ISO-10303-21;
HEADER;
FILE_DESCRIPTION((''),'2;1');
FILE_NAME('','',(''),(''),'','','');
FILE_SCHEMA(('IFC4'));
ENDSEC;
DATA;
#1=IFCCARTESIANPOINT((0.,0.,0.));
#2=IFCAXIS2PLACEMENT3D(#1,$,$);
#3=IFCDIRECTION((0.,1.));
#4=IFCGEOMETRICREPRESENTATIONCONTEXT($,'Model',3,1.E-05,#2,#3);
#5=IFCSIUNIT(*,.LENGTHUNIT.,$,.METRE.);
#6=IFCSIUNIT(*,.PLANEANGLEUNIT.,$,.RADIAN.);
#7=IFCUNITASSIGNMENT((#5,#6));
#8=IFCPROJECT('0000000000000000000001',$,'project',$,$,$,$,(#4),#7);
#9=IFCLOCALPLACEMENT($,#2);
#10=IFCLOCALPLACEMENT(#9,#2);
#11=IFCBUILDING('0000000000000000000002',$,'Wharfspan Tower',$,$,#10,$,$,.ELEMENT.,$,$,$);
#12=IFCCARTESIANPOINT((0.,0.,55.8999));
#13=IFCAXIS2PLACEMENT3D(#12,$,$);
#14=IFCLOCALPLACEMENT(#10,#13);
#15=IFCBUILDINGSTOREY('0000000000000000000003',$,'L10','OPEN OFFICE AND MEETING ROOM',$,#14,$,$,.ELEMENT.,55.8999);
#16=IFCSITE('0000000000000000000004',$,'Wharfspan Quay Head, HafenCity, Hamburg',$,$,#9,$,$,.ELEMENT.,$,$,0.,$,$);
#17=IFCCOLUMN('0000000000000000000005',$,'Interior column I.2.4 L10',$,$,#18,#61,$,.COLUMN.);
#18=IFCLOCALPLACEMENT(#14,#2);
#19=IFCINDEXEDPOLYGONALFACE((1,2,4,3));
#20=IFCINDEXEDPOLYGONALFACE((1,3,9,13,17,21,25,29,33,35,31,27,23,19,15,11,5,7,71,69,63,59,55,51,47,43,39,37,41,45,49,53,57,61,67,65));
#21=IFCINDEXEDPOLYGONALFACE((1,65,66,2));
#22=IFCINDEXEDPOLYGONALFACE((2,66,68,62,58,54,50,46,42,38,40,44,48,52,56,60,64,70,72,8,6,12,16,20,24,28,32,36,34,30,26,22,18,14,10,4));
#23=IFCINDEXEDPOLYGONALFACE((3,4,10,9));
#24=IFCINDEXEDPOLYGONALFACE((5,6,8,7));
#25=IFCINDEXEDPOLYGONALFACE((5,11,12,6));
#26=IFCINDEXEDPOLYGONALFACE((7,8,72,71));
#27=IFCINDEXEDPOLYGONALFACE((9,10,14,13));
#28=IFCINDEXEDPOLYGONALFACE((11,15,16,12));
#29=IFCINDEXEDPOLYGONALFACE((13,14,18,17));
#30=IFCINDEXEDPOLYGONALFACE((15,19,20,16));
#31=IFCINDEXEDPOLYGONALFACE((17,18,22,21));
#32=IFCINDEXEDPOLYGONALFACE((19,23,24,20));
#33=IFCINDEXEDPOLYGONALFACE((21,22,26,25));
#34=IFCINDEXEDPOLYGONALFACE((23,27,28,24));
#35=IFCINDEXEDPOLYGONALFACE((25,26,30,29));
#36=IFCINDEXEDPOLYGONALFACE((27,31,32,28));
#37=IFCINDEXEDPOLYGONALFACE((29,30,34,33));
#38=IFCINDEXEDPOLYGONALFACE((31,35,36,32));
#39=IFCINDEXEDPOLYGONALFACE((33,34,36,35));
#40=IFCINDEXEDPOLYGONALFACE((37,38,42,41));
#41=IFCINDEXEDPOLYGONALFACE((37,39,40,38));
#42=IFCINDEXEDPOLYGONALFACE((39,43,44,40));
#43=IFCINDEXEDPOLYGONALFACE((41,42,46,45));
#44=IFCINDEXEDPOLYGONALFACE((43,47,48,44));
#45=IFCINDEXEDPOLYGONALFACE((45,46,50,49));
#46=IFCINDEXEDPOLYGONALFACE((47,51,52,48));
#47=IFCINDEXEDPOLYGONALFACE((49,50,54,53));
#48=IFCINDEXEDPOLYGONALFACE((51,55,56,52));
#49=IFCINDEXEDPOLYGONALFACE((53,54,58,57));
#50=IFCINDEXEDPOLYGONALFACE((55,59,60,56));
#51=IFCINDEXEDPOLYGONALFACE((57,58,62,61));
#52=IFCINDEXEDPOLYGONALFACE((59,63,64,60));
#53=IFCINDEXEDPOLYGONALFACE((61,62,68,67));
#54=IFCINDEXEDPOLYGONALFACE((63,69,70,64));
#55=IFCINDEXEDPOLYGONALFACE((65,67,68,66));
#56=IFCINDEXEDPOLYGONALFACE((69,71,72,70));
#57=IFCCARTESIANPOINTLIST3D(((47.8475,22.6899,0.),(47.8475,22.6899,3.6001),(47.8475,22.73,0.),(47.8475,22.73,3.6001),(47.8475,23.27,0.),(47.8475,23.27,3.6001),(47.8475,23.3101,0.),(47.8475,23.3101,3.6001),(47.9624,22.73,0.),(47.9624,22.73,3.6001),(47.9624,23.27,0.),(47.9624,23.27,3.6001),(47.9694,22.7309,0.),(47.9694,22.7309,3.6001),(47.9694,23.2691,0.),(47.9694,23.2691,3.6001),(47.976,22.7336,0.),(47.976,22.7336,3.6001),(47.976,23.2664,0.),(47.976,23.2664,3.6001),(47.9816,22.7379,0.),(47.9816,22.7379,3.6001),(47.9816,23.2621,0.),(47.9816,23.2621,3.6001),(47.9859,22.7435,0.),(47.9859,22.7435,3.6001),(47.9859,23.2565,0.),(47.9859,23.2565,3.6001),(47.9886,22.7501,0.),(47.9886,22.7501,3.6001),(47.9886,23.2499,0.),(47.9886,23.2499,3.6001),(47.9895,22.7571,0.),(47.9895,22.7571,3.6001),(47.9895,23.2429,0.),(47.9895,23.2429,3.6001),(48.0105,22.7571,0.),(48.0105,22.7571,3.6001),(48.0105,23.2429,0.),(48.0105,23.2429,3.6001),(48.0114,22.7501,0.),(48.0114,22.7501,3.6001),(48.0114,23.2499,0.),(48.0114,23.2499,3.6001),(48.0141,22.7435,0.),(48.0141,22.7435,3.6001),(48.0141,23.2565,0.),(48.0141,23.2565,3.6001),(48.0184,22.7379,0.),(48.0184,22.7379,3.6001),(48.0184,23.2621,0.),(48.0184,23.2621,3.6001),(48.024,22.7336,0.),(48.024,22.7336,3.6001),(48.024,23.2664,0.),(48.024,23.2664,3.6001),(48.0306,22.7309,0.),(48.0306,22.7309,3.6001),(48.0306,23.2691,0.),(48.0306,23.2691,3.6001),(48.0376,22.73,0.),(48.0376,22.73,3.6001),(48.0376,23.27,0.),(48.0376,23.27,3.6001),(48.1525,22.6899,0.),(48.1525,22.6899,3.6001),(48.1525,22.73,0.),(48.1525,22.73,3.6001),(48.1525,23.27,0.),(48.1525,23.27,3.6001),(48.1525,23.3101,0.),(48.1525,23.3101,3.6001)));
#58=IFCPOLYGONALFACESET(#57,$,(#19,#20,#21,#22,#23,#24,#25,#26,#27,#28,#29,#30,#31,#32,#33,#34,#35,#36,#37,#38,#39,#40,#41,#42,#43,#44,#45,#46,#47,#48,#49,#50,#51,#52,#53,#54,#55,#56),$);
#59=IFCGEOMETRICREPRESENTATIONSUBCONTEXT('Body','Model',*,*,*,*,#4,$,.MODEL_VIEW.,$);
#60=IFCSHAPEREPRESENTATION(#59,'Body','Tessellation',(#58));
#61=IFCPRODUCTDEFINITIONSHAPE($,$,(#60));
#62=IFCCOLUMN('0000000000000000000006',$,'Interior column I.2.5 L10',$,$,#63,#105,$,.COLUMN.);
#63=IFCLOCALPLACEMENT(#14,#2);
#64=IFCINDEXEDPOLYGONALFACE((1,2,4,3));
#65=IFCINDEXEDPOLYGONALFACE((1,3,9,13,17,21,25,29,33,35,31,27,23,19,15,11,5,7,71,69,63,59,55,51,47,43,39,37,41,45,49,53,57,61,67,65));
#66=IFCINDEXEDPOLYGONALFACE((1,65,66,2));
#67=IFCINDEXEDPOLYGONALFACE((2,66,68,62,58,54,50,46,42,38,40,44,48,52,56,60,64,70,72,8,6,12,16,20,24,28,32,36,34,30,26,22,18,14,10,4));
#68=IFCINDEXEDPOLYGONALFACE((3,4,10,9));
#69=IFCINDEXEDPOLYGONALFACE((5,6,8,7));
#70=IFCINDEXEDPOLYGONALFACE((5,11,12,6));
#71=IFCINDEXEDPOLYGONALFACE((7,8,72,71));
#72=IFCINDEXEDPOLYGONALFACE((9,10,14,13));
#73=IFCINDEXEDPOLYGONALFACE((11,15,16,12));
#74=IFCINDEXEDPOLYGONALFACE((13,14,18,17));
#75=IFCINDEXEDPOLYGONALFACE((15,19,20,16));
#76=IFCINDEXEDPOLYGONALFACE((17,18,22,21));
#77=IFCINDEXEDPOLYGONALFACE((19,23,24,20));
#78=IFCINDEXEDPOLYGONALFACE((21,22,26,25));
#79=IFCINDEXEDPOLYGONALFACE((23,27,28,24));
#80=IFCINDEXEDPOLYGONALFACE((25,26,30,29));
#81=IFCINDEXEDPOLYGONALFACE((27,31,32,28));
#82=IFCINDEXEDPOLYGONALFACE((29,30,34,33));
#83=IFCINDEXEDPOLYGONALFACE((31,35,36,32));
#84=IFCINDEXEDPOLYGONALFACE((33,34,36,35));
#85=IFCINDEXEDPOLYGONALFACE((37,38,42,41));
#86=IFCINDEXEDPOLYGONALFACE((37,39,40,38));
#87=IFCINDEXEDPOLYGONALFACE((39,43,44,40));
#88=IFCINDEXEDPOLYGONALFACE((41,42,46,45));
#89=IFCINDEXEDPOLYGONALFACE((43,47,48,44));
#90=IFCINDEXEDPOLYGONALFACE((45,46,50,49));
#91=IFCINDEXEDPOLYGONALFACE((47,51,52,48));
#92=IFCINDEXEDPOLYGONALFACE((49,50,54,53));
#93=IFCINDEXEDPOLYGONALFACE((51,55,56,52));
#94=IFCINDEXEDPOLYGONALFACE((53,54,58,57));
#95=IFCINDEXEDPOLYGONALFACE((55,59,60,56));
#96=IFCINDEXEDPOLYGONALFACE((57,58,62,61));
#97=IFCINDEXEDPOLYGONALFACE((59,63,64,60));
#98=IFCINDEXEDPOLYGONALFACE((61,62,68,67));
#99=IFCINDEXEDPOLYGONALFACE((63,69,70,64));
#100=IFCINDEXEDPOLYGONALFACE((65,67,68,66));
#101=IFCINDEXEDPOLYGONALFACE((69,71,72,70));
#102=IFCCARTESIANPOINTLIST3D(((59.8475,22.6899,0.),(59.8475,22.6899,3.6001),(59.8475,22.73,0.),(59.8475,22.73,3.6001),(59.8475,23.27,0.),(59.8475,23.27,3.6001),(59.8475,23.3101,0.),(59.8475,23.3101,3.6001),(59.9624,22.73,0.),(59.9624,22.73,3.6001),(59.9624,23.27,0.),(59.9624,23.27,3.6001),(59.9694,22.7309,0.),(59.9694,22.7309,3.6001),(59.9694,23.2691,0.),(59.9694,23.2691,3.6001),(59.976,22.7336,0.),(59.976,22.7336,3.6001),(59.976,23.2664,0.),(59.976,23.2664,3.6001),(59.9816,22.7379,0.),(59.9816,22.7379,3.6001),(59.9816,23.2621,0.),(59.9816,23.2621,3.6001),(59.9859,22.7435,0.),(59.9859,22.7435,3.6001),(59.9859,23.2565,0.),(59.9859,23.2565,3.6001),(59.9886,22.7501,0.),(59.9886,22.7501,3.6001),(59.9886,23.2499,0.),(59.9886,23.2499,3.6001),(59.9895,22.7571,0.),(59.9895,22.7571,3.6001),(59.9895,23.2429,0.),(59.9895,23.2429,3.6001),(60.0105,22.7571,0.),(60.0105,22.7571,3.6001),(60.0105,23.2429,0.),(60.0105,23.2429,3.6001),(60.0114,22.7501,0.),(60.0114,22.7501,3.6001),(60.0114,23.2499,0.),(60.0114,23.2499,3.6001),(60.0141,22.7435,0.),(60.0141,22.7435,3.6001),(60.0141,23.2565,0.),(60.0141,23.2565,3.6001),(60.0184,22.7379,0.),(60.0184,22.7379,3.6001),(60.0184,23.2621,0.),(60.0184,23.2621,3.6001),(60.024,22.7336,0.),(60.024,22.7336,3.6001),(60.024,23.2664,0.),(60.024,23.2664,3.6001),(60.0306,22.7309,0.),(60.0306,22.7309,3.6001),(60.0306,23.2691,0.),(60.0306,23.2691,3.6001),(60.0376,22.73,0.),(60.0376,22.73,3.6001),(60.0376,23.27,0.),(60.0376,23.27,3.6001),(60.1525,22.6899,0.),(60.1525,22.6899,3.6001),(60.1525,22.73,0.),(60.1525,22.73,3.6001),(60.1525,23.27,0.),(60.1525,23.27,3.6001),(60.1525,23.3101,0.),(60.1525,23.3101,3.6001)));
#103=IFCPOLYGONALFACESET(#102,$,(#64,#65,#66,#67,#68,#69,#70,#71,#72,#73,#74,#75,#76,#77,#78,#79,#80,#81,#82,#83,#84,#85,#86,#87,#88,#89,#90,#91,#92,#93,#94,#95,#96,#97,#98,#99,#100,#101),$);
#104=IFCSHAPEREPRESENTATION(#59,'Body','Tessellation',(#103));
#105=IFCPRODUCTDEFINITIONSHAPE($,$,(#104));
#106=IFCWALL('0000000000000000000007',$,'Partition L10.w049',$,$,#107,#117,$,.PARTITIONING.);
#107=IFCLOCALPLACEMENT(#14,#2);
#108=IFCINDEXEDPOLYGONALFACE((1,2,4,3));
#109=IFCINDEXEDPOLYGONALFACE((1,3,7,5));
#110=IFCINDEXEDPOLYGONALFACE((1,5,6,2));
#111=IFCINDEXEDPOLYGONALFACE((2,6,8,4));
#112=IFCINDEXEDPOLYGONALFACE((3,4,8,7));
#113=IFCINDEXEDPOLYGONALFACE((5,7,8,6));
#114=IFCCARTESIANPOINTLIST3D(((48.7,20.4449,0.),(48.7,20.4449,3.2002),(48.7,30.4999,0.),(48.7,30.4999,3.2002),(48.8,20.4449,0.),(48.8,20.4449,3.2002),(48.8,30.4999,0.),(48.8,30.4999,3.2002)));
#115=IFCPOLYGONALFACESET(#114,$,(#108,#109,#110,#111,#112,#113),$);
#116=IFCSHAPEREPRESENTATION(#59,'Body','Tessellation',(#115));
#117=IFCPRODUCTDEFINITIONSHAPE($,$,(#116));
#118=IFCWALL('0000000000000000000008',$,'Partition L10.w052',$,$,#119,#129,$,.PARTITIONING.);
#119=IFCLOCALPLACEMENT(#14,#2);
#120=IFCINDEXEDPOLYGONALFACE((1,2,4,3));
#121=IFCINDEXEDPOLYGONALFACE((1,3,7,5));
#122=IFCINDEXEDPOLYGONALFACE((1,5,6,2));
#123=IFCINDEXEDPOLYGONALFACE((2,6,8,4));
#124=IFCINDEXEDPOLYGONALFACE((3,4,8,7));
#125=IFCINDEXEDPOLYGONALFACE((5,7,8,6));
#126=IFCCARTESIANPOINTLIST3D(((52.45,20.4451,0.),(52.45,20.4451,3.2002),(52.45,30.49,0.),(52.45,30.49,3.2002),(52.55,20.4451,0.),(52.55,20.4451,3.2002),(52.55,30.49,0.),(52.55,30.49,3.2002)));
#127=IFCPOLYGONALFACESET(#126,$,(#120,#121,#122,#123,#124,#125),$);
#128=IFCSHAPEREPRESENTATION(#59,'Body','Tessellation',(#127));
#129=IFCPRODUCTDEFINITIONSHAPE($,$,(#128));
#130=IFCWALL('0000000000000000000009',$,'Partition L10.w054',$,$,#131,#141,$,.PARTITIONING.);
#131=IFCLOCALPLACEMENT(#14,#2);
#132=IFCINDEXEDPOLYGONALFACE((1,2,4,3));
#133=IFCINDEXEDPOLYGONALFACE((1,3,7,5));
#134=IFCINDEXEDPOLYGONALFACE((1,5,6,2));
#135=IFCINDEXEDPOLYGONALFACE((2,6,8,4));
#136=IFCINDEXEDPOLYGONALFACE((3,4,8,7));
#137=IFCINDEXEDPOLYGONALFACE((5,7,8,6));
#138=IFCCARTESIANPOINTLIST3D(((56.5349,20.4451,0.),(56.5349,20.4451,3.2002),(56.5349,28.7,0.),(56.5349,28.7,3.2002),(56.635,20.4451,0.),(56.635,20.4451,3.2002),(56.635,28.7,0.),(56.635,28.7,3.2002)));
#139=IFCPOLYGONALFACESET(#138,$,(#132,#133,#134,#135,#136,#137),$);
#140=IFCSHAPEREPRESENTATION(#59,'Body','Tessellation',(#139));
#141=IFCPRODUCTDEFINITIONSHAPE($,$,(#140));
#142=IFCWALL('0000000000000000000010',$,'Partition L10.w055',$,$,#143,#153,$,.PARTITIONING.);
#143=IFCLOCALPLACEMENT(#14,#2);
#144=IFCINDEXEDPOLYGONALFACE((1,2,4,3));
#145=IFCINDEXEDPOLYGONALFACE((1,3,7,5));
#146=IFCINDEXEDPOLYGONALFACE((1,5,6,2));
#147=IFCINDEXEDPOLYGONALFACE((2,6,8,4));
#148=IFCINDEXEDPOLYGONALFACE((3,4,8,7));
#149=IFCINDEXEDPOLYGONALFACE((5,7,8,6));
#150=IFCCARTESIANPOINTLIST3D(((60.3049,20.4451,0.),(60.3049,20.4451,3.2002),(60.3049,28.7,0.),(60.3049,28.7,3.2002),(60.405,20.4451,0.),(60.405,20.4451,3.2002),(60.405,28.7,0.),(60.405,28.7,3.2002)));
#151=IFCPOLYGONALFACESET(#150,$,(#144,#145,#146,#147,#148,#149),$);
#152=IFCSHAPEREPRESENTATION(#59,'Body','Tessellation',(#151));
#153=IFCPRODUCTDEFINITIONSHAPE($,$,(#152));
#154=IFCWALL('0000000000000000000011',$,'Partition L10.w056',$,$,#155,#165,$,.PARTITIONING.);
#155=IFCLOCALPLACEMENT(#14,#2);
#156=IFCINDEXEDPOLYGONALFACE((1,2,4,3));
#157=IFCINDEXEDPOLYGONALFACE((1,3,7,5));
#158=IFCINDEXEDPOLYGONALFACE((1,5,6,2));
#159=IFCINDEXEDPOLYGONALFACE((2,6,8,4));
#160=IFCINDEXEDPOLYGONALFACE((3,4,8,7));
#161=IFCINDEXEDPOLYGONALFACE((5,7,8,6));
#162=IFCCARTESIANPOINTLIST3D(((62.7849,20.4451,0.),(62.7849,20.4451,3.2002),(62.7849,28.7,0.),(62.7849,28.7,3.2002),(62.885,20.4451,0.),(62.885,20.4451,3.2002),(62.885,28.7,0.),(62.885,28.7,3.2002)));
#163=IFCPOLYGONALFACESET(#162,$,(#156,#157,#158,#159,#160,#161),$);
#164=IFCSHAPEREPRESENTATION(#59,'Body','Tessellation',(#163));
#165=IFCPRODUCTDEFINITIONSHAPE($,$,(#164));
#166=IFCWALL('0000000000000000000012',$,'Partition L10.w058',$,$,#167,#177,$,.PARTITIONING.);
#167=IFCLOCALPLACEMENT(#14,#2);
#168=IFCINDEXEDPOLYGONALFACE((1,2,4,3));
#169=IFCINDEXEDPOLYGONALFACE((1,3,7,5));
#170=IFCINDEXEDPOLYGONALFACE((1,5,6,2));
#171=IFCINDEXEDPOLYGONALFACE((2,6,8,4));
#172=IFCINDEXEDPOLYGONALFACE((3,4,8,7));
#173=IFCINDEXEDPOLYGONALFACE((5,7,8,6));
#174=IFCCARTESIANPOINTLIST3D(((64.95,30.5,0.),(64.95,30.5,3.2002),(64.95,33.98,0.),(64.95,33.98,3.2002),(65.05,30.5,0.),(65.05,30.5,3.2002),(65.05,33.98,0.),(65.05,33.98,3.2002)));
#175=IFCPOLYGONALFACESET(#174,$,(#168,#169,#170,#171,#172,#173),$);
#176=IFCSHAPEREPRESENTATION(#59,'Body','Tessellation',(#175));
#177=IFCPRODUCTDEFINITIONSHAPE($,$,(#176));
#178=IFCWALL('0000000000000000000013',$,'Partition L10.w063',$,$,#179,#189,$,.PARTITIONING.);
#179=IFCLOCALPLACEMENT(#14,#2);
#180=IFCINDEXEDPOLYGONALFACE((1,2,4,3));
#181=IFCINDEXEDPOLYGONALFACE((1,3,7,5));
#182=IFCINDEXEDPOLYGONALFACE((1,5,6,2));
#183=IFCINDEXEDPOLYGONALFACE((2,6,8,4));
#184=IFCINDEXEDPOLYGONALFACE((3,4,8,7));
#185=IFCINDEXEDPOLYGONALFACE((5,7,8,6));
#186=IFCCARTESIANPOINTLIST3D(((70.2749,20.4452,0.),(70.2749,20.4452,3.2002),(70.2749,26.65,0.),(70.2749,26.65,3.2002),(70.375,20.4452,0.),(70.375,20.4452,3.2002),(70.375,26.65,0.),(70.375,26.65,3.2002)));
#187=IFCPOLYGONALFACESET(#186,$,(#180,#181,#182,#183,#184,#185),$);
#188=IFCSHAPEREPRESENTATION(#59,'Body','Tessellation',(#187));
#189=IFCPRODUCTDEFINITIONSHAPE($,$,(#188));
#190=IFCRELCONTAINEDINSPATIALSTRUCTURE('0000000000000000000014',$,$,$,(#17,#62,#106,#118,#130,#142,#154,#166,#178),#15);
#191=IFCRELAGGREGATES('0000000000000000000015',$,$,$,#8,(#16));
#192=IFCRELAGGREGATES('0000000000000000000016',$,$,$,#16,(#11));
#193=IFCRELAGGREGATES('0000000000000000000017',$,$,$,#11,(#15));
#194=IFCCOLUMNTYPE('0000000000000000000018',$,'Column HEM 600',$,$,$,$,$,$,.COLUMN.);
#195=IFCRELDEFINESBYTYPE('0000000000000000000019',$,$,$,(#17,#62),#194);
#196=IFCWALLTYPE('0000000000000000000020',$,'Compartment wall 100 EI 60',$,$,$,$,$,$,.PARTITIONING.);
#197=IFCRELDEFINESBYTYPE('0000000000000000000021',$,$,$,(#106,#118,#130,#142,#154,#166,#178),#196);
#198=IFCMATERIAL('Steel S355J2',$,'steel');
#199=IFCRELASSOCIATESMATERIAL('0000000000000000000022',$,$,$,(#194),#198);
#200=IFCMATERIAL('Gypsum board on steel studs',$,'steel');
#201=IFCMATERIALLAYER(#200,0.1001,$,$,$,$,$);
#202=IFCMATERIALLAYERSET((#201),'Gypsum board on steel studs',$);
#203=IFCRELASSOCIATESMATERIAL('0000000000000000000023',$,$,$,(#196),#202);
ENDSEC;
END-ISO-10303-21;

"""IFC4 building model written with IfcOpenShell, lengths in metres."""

from ifc_helpers import new_model, si_unit, direction, frame, frame_2d, origin, origin_2d, place, context, subcontext, project, spatial, rectangle, i_section, extrude, material, layer, layer_set, material_profile, profile_set, type_object, element, save


model = new_model("IFC4")

# Units and contexts
model_context = context("Model", 3, precision=1e-05, world=origin(), true_north=direction((0.0, 1.0)))
body_context = subcontext(model_context, "Body", "Model", "MODEL_VIEW")
ifc_project = project(units=[si_unit("LENGTHUNIT", "METRE"), si_unit("PLANEANGLEUNIT", "RADIAN")], contexts=[model_context])

# Site, building, storey
site_placement = place(None, origin())
site = spatial("IfcSite", under=ifc_project, at=site_placement, Name="Wharfspan Quay Head, HafenCity, Hamburg", CompositionType="ELEMENT", RefElevation=0.0)
building_placement = place(site_placement, origin())
building = spatial("IfcBuilding", under=site, at=building_placement, Name="Wharfspan Tower", CompositionType="ELEMENT")
storey_placement = place(building_placement, frame((0.0, 0.0, 55.8999)))
storey = spatial("IfcBuildingStorey", under=building, at=storey_placement, Name="L10", Description="OPEN OFFICE AND MEETING ROOM", CompositionType="ELEMENT", Elevation=55.8999)

# Columns
ifc_material_1 = material(Name="Steel S355J2", Category="steel")
ifc_material_profile = material_profile(ifc_material_1, i_section(OverallWidth=0.3049, OverallDepth=0.6201, WebThickness=0.021, FlangeThickness=0.04, FilletRadius=0.0271, at=origin_2d()))
ifc_profile_set = profile_set([ifc_material_profile], Name="Steel S355J2")
column_type = type_object("IfcColumnType", Name="Column HEM 600", PredefinedType="COLUMN", material=ifc_profile_set)
for number, where, z_axis, x_axis, name in (
    (1, (48.0, 23.0, 0.0), (0.0, 0.0, 1.0), (1.0, 0.0, 0.0), "Interior column I.2.4 L10"),
    (2, (60.0, 23.0, 0.0), (0.0, 0.0, 1.0), (1.0, 0.0, 0.0), "Interior column I.2.5 L10"),
):
    element("IfcColumn", number, at=place(storey_placement, frame(where, z_axis=z_axis, x_axis=x_axis)), inside=storey, type_object=column_type, Name=name, PredefinedType="COLUMN", context=body_context, shape_type="SweptSolid", body=[
        extrude(i_section(OverallWidth=0.3049, OverallDepth=0.6201, WebThickness=0.021, FlangeThickness=0.04, FilletRadius=0.0271, at=origin_2d()), origin(), (0.0, 0.0, 1.0), 3.6001),
    ])

# Walls
ifc_material_2 = material(Name="Gypsum board on steel studs", Category="steel")
ifc_layer_1 = layer(ifc_material_2, 0.1001)
ifc_layer_set_1 = layer_set([ifc_layer_1], Name="Gypsum board on steel studs")
wall_type_1 = type_object("IfcWallType", Name="Compartment wall 100 EI 60", PredefinedType="PARTITIONING", material=ifc_layer_set_1)
wall_1_placement = place(storey_placement, frame((48.75, 20.4451, 0.0), z_axis=(0.0, 0.0, 1.0), x_axis=(0.0, 1.0, 0.0)))
element("IfcWall", 3, at=wall_1_placement, inside=storey, type_object=wall_type_1, Name="Partition L10.w049", PredefinedType="PARTITIONING", context=body_context, shape_type="SweptSolid", body=[
    extrude(rectangle(XDim=10.0549, YDim=0.1001, at=frame_2d((5.0273, 0.0))), origin(), (0.0, 0.0, 1.0), 3.2002),
])
wall_2_placement = place(storey_placement, frame((52.5, 20.4451, 0.0), z_axis=(0.0, 0.0, 1.0), x_axis=(0.0, 1.0, 0.0)))
element("IfcWall", 4, at=wall_2_placement, inside=storey, type_object=wall_type_1, Name="Partition L10.w052", PredefinedType="PARTITIONING", context=body_context, shape_type="SweptSolid", body=[
    extrude(rectangle(XDim=10.0449, YDim=0.1001, at=frame_2d((5.0225, 0.0))), origin(), (0.0, 0.0, 1.0), 3.2002),
])
for number, where, z_axis, x_axis, name in (
    (5, (56.585, 20.4451, 0.0), (0.0, 0.0, 1.0), (0.0, 1.0, 0.0), "Partition L10.w054"),
    (6, (60.355, 20.4451, 0.0), (0.0, 0.0, 1.0), (0.0, 1.0, 0.0), "Partition L10.w055"),
    (7, (62.835, 20.4451, 0.0), (0.0, 0.0, 1.0), (0.0, 1.0, 0.0), "Partition L10.w056"),
):
    element("IfcWall", number, at=place(storey_placement, frame(where, z_axis=z_axis, x_axis=x_axis)), inside=storey, type_object=wall_type_1, Name=name, PredefinedType="PARTITIONING", context=body_context, shape_type="SweptSolid", body=[
        extrude(rectangle(XDim=8.2549, YDim=0.1001, at=frame_2d((4.1274, 0.0))), origin(), (0.0, 0.0, 1.0), 3.2002),
    ])
wall_3_placement = place(storey_placement, frame((65.0, 30.5, 0.0), z_axis=(0.0, 0.0, 1.0), x_axis=(0.0, 1.0, 0.0)))
element("IfcWall", 8, at=wall_3_placement, inside=storey, type_object=wall_type_1, Name="Partition L10.w058", PredefinedType="PARTITIONING", context=body_context, shape_type="SweptSolid", body=[
    extrude(rectangle(XDim=3.48, YDim=0.1001, at=frame_2d((1.74, 0.0))), origin(), (0.0, 0.0, 1.0), 3.2002),
])
wall_4_placement = place(storey_placement, frame((70.325, 20.4451, 0.0), z_axis=(0.0, 0.0, 1.0), x_axis=(0.0, 1.0, 0.0)))
element("IfcWall", 9, at=wall_4_placement, inside=storey, type_object=wall_type_1, Name="Partition L10.w063", PredefinedType="PARTITIONING", context=body_context, shape_type="SweptSolid", body=[
    extrude(rectangle(XDim=6.2048, YDim=0.1001, at=frame_2d((3.1025, 0.0))), origin(), (0.0, 0.0, 1.0), 3.2002),
])

save(model, "model.ifc")
